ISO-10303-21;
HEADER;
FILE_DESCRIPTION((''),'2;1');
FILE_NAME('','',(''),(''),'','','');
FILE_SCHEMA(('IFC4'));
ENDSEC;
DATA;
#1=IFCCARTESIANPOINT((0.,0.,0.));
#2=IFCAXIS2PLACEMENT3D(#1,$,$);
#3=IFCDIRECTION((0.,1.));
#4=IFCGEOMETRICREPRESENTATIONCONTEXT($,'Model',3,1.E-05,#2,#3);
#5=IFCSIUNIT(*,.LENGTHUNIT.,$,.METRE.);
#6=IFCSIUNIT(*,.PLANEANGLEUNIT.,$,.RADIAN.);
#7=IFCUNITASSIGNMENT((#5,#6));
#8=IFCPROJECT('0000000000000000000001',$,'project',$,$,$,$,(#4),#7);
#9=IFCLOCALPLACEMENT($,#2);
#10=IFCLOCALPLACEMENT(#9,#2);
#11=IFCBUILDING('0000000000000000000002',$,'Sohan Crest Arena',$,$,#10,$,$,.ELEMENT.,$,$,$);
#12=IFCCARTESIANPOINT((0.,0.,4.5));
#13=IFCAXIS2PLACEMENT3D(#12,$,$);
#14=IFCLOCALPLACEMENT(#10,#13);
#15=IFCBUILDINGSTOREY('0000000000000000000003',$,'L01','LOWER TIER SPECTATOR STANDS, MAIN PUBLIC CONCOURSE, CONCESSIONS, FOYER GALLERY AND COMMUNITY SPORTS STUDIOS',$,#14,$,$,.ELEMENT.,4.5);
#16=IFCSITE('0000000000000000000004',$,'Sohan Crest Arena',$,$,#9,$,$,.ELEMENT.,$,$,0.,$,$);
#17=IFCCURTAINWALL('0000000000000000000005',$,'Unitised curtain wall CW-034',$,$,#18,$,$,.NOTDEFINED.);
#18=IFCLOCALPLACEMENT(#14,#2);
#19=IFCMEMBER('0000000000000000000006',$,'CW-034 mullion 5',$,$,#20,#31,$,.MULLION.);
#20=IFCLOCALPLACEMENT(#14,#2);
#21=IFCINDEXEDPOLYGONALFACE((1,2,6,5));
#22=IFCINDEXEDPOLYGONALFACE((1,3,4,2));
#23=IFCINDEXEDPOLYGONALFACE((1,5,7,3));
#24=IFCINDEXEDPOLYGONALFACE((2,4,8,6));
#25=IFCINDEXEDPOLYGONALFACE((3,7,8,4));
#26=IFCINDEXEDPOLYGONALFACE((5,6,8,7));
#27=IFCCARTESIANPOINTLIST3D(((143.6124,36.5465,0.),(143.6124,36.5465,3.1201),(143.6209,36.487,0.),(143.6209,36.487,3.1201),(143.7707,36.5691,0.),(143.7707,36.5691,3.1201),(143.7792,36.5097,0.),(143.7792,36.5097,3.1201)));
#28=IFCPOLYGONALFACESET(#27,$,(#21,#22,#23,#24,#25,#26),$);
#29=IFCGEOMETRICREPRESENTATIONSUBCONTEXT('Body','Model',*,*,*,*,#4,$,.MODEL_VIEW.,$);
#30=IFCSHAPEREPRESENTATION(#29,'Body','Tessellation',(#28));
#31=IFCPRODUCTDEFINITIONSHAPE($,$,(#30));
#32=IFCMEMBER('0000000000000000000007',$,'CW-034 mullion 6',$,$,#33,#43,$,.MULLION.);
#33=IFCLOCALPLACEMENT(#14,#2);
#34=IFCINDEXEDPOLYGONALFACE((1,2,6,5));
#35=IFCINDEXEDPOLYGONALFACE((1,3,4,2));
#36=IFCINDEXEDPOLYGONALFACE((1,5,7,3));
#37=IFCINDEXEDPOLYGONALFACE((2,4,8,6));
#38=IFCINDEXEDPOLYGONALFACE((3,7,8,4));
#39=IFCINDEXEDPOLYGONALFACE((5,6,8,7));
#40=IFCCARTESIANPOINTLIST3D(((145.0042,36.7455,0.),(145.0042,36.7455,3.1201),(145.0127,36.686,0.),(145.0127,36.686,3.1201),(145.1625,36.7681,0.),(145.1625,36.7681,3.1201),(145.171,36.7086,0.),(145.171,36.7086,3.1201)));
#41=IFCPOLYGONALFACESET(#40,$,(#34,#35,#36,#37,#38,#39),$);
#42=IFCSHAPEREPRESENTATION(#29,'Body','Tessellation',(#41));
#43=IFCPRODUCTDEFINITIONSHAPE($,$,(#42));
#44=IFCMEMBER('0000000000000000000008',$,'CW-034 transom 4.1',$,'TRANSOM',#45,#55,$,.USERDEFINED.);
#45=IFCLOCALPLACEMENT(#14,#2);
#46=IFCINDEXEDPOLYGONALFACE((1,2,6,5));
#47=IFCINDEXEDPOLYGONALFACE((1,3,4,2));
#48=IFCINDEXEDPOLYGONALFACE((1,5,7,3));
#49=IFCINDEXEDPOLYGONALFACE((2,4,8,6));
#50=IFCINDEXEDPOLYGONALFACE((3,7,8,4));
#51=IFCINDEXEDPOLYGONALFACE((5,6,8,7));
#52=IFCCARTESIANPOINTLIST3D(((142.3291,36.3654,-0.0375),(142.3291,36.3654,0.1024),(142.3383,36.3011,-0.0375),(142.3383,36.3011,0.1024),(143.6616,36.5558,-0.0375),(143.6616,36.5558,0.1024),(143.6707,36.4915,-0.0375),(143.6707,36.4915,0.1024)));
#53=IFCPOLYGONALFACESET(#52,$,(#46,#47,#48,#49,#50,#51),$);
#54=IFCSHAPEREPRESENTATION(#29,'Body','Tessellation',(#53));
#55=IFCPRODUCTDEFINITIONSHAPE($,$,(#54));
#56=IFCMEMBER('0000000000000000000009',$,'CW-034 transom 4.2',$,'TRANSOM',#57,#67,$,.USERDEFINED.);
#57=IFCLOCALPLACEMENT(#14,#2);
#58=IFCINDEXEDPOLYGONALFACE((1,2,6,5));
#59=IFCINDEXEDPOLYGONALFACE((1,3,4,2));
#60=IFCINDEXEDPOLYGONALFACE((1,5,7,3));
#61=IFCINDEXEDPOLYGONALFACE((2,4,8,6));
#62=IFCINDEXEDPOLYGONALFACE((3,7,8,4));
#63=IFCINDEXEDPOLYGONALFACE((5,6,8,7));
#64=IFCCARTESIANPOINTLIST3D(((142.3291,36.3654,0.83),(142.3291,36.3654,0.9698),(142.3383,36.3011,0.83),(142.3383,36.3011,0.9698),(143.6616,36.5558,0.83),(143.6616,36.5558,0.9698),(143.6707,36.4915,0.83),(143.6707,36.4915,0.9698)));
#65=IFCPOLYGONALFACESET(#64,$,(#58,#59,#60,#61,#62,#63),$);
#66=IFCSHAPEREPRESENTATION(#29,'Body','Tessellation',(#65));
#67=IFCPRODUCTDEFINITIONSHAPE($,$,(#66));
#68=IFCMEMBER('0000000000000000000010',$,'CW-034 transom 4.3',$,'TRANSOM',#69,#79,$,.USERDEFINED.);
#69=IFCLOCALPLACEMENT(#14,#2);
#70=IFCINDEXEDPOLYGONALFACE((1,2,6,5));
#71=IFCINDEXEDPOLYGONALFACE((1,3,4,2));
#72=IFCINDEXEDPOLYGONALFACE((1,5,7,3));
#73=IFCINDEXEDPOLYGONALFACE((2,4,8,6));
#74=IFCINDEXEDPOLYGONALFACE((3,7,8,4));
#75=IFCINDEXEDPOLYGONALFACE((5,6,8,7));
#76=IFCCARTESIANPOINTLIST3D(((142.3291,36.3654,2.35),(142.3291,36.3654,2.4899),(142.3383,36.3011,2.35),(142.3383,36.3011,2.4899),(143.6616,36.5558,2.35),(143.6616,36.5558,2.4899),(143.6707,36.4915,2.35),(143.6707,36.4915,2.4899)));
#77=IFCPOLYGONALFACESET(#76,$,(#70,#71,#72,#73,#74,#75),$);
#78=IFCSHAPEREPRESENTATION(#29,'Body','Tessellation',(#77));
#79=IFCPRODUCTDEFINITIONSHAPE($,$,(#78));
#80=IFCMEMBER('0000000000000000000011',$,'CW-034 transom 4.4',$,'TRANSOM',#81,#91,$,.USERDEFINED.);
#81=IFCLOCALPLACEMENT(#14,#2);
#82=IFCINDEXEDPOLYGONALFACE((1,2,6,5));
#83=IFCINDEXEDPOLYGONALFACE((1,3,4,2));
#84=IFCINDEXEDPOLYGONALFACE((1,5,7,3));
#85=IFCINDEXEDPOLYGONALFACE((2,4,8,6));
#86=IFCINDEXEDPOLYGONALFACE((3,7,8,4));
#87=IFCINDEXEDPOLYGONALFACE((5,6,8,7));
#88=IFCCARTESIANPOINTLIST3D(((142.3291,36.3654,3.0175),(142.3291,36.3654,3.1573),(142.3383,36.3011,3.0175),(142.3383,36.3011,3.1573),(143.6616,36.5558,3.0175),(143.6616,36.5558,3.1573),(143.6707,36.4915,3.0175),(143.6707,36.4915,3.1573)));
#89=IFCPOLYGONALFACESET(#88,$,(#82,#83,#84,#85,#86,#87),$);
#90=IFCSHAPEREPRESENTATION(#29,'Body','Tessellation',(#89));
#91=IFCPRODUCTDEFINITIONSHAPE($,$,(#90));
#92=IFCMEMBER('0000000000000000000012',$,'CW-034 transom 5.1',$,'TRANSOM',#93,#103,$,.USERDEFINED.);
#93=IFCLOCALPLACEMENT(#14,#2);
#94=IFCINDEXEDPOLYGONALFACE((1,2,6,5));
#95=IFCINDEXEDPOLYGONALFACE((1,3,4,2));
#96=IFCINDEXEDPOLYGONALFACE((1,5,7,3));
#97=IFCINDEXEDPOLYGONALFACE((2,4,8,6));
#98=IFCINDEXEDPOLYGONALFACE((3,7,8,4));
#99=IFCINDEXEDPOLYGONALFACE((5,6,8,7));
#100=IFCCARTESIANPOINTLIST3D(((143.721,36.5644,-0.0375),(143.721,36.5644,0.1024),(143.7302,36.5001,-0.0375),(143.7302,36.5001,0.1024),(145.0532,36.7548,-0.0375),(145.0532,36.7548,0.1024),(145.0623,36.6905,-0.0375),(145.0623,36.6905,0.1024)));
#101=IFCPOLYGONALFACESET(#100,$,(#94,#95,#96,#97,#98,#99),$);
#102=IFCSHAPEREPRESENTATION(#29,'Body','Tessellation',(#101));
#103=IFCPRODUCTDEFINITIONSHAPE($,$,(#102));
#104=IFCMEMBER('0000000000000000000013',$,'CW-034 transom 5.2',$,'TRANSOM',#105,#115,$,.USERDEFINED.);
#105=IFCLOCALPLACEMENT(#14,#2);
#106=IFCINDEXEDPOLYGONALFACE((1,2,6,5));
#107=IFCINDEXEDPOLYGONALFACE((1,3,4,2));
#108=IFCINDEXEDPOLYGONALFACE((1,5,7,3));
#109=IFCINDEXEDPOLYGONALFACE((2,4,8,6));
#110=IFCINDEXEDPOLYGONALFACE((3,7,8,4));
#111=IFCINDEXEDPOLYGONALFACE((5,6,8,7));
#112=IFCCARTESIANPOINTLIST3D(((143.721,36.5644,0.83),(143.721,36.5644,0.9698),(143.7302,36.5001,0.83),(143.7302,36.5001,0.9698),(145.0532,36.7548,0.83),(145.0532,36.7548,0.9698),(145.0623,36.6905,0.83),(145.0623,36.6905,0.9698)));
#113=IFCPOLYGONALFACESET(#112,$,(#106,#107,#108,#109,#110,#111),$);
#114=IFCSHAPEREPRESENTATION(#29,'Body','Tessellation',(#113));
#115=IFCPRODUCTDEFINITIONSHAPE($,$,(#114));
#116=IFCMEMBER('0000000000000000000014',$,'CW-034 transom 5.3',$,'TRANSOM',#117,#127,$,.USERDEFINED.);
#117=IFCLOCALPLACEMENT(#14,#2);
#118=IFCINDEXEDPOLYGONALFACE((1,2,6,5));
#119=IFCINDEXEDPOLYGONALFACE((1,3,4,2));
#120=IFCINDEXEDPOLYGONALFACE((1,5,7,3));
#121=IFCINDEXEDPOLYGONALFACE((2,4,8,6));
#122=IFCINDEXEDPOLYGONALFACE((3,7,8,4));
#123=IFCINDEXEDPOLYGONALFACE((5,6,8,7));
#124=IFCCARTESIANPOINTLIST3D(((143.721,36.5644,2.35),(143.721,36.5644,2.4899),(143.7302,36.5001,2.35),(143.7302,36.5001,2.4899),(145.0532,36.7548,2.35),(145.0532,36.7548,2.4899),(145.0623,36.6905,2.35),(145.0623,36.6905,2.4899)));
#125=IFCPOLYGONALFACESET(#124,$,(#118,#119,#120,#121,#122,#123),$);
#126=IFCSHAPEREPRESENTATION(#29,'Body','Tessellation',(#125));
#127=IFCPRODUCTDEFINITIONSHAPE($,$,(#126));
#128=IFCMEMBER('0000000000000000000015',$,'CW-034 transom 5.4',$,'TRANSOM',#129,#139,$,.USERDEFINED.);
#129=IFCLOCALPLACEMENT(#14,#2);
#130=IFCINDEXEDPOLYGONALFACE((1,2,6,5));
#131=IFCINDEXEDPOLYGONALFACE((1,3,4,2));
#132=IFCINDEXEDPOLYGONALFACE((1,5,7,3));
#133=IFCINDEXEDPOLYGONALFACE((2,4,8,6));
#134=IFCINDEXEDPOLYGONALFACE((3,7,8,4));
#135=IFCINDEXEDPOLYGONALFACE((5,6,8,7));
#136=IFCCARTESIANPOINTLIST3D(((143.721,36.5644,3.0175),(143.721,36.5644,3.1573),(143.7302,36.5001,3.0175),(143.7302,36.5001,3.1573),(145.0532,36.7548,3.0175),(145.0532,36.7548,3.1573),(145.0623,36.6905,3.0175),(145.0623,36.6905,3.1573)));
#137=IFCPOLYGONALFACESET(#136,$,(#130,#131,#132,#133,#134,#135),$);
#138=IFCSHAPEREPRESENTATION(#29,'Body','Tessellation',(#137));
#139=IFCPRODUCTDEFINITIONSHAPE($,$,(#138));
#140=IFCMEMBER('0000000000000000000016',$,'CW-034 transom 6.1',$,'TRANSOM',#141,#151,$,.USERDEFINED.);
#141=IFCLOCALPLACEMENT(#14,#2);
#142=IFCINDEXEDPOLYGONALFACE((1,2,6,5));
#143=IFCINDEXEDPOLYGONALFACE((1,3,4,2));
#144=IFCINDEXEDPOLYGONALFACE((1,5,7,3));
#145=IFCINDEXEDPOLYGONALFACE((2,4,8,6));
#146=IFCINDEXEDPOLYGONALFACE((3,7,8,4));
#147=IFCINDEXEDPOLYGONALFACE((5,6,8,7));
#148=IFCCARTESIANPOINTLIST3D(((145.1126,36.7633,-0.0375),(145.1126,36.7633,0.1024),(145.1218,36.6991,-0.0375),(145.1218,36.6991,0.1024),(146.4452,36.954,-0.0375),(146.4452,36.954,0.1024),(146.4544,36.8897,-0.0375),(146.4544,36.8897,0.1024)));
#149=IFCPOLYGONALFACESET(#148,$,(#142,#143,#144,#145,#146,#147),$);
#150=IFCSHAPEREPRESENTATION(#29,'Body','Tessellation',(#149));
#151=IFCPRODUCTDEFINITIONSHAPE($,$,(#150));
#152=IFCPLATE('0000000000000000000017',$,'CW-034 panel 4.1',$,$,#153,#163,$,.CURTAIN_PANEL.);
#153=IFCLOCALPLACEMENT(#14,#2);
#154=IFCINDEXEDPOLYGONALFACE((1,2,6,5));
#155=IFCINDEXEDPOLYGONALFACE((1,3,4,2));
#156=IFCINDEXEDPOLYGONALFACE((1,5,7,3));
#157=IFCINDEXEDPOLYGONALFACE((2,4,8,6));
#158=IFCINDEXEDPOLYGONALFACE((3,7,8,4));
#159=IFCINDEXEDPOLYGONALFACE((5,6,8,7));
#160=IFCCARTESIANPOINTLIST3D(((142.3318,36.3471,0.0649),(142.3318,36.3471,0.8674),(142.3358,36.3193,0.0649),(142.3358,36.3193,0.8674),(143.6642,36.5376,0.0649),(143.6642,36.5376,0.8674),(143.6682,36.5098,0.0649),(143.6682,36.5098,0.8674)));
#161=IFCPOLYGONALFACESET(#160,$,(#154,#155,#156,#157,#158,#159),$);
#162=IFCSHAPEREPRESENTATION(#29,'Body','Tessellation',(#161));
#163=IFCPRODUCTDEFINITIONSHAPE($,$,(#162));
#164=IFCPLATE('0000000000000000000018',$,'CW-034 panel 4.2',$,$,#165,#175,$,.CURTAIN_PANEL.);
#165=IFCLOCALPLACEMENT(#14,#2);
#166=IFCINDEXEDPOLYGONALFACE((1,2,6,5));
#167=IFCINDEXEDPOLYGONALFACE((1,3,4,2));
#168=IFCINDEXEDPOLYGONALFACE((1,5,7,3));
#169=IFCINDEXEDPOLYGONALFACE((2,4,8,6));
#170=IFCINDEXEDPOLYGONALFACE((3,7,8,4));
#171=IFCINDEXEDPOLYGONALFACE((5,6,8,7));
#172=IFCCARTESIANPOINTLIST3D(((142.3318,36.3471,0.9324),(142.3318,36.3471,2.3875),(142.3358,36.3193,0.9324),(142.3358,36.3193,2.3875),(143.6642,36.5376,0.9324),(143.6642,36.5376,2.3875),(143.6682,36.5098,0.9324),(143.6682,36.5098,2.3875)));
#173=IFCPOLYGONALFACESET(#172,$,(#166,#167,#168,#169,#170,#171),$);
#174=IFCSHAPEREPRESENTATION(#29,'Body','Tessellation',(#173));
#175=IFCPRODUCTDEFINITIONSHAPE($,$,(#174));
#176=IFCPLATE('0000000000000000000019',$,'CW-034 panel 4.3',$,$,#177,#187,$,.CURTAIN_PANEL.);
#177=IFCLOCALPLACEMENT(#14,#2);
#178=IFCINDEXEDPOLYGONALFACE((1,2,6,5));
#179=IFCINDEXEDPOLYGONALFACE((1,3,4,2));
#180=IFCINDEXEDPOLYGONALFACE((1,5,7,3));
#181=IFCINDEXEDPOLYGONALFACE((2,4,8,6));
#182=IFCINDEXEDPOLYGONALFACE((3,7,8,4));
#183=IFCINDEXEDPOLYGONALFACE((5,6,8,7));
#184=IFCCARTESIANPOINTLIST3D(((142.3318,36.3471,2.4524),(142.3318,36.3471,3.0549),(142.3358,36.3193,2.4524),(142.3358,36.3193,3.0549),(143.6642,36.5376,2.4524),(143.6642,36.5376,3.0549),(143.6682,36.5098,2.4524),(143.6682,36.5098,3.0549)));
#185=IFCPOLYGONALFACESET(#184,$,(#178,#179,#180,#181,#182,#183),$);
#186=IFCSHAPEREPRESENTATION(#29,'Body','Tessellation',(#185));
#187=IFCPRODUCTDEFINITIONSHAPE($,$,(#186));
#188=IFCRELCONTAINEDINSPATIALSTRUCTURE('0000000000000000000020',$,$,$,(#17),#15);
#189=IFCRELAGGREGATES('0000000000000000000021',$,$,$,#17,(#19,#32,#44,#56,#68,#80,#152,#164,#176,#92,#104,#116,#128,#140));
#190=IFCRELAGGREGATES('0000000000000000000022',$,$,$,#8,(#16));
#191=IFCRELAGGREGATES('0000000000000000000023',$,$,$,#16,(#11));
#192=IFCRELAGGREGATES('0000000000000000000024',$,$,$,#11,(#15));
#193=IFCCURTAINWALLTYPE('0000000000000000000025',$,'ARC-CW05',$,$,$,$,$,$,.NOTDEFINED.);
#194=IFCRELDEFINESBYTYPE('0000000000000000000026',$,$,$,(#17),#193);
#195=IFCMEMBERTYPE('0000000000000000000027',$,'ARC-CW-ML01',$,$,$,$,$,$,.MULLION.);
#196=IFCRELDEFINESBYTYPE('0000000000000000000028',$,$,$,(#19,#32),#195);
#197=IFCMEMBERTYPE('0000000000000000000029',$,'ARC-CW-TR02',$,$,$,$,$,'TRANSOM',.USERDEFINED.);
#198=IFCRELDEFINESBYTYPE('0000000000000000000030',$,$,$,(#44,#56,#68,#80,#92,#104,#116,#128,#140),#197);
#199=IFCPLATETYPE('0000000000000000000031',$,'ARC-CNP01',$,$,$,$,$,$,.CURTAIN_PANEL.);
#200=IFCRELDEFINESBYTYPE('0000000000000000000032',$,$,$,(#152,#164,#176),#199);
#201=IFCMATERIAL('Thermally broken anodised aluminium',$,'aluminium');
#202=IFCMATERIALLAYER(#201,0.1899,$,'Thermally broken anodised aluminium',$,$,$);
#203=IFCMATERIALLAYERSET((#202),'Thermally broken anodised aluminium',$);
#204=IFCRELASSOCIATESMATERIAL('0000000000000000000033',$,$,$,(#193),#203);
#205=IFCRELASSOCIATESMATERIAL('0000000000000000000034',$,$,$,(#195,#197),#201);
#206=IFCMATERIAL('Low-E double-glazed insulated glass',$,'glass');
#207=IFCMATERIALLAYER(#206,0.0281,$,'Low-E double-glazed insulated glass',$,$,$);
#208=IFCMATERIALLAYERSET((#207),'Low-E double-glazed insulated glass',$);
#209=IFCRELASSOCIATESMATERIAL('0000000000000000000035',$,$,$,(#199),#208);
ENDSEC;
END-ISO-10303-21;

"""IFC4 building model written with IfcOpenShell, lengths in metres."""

from ifc_helpers import new_model, si_unit, direction, frame, origin, origin_2d, place, context, subcontext, project, spatial, rectangle, extrude, material, layer, layer_set, material_profile, profile_set, type_object, element, aggregate, save


model = new_model("IFC4")

# Units and contexts
model_context = context("Model", 3, precision=1e-05, world=origin(), true_north=direction((0.0, 1.0)))
body_context = subcontext(model_context, "Body", "Model", "MODEL_VIEW")
ifc_project = project(units=[si_unit("LENGTHUNIT", "METRE"), si_unit("PLANEANGLEUNIT", "RADIAN")], contexts=[model_context])

# Site, building, storey
site_placement = place(None, origin())
site = spatial("IfcSite", under=ifc_project, at=site_placement, Name="Sohan Crest Arena", CompositionType="ELEMENT", RefElevation=0.0)
building_placement = place(site_placement, origin())
building = spatial("IfcBuilding", under=site, at=building_placement, Name="Sohan Crest Arena", CompositionType="ELEMENT")
storey_placement = place(building_placement, frame((0.0, 0.0, 4.5)))
storey = spatial("IfcBuildingStorey", under=building, at=storey_placement, Name="L01", Description="LOWER TIER SPECTATOR STANDS, MAIN PUBLIC CONCOURSE, CONCESSIONS, FOYER GALLERY AND COMMUNITY SPORTS STUDIOS", CompositionType="ELEMENT", Elevation=4.5)

# Curtain wall, members, plates
ifc_material_1 = material(Name="Thermally broken anodised aluminium", Category="aluminium")
ifc_layer_1 = layer(ifc_material_1, 0.1899, Name="Thermally broken anodised aluminium")
ifc_layer_set_1 = layer_set([ifc_layer_1], Name="Thermally broken anodised aluminium")
curtain_wall_type = type_object("IfcCurtainWallType", Name="ARC-CW05", PredefinedType="NOTDEFINED", material=ifc_layer_set_1)
curtain_wall_placement = place(storey_placement, origin())
curtain_wall = element("IfcCurtainWall", 1, at=curtain_wall_placement, inside=storey, type_object=curtain_wall_type, Name="Unitised curtain wall CW-034", PredefinedType="NOTDEFINED")
ifc_material_profile_1 = material_profile(ifc_material_1, rectangle(XDim=0.0601, YDim=0.1599, at=origin_2d()), Name="ALU-MULL 60x160")
ifc_profile_set_1 = profile_set([ifc_material_profile_1], Name="Thermally broken anodised aluminium")
member_type_1 = type_object("IfcMemberType", Name="ARC-CW-ML01", PredefinedType="MULLION", material=ifc_profile_set_1)
member_1_placement = place(storey_placement, frame((143.6958, 36.5281, 0.0), z_axis=(0.0, 0.0, 1.0), x_axis=(-0.141549, 0.989931, 0.0)))
member_1 = element("IfcMember", 2, at=member_1_placement, type_object=member_type_1, Name="CW-034 mullion 5", PredefinedType="MULLION", context=body_context, shape_type="SweptSolid", body=[
    extrude(rectangle(XDim=0.0601, YDim=0.1599, at=origin_2d()), origin(), (0.0, 0.0, 1.0), 3.1201),
])
member_2_placement = place(storey_placement, frame((145.0876, 36.7271, 0.0), z_axis=(0.0, 0.0, 1.0), x_axis=(-0.141549, 0.989931, 0.0)))
member_2 = element("IfcMember", 3, at=member_2_placement, type_object=member_type_1, Name="CW-034 mullion 6", PredefinedType="MULLION", context=body_context, shape_type="SweptSolid", body=[
    extrude(rectangle(XDim=0.0601, YDim=0.1599, at=origin_2d()), origin(), (0.0, 0.0, 1.0), 3.1201),
])
ifc_material_profile_2 = material_profile(ifc_material_1, rectangle(XDim=0.0649, YDim=0.1399, at=origin_2d()), Name="ALU-TRAN 65x140")
ifc_profile_set_2 = profile_set([ifc_material_profile_2], Name="Thermally broken anodised aluminium")
member_type_2 = type_object("IfcMemberType", Name="ARC-CW-TR02", ElementType="TRANSOM", PredefinedType="USERDEFINED", material=ifc_profile_set_2)
member_3_placement = place(storey_placement, frame((142.3337, 36.3333, 0.0325), z_axis=(0.989942, 0.141472, 0.0), x_axis=(-0.141472, 0.989942, 0.0)))
member_3 = element("IfcMember", 4, at=member_3_placement, type_object=member_type_2, Name="CW-034 transom 4.1", ObjectType="TRANSOM", PredefinedType="USERDEFINED", context=body_context, shape_type="SweptSolid", body=[
    extrude(rectangle(XDim=0.0649, YDim=0.1399, at=origin_2d()), origin(), (0.0, 0.0, 1.0), 1.3459),
])
member_4_placement = place(storey_placement, frame((142.3337, 36.3333, 0.8999), z_axis=(0.989942, 0.141472, 0.0), x_axis=(-0.141472, 0.989942, 0.0)))
member_4 = element("IfcMember", 5, at=member_4_placement, type_object=member_type_2, Name="CW-034 transom 4.2", ObjectType="TRANSOM", PredefinedType="USERDEFINED", context=body_context, shape_type="SweptSolid", body=[
    extrude(rectangle(XDim=0.0649, YDim=0.1399, at=origin_2d()), origin(), (0.0, 0.0, 1.0), 1.3459),
])
member_5_placement = place(storey_placement, frame((142.3337, 36.3333, 2.4199), z_axis=(0.989942, 0.141472, 0.0), x_axis=(-0.141472, 0.989942, 0.0)))
member_5 = element("IfcMember", 6, at=member_5_placement, type_object=member_type_2, Name="CW-034 transom 4.3", ObjectType="TRANSOM", PredefinedType="USERDEFINED", context=body_context, shape_type="SweptSolid", body=[
    extrude(rectangle(XDim=0.0649, YDim=0.1399, at=origin_2d()), origin(), (0.0, 0.0, 1.0), 1.3459),
])
member_6_placement = place(storey_placement, frame((142.3337, 36.3333, 3.0874), z_axis=(0.989942, 0.141472, 0.0), x_axis=(-0.141472, 0.989942, 0.0)))
member_6 = element("IfcMember", 7, at=member_6_placement, type_object=member_type_2, Name="CW-034 transom 4.4", ObjectType="TRANSOM", PredefinedType="USERDEFINED", context=body_context, shape_type="SweptSolid", body=[
    extrude(rectangle(XDim=0.0649, YDim=0.1399, at=origin_2d()), origin(), (0.0, 0.0, 1.0), 1.3459),
])
member_7_placement = place(storey_placement, frame((143.7256, 36.5322, 0.0325), z_axis=(0.989939, 0.141498, 0.0), x_axis=(-0.141498, 0.989939, 0.0)))
member_7 = element("IfcMember", 8, at=member_7_placement, type_object=member_type_2, Name="CW-034 transom 5.1", ObjectType="TRANSOM", PredefinedType="USERDEFINED", context=body_context, shape_type="SweptSolid", body=[
    extrude(rectangle(XDim=0.0649, YDim=0.1399, at=origin_2d()), origin(), (0.0, 0.0, 1.0), 1.3457),
])
member_8_placement = place(storey_placement, frame((143.7256, 36.5322, 0.8999), z_axis=(0.989939, 0.141498, 0.0), x_axis=(-0.141498, 0.989939, 0.0)))
member_8 = element("IfcMember", 9, at=member_8_placement, type_object=member_type_2, Name="CW-034 transom 5.2", ObjectType="TRANSOM", PredefinedType="USERDEFINED", context=body_context, shape_type="SweptSolid", body=[
    extrude(rectangle(XDim=0.0649, YDim=0.1399, at=origin_2d()), origin(), (0.0, 0.0, 1.0), 1.3457),
])
member_9_placement = place(storey_placement, frame((143.7256, 36.5322, 2.4199), z_axis=(0.989939, 0.141498, 0.0), x_axis=(-0.141498, 0.989939, 0.0)))
member_9 = element("IfcMember", 10, at=member_9_placement, type_object=member_type_2, Name="CW-034 transom 5.3", ObjectType="TRANSOM", PredefinedType="USERDEFINED", context=body_context, shape_type="SweptSolid", body=[
    extrude(rectangle(XDim=0.0649, YDim=0.1399, at=origin_2d()), origin(), (0.0, 0.0, 1.0), 1.3457),
])
member_10_placement = place(storey_placement, frame((143.7256, 36.5322, 3.0874), z_axis=(0.989939, 0.141498, 0.0), x_axis=(-0.141498, 0.989939, 0.0)))
member_10 = element("IfcMember", 11, at=member_10_placement, type_object=member_type_2, Name="CW-034 transom 5.4", ObjectType="TRANSOM", PredefinedType="USERDEFINED", context=body_context, shape_type="SweptSolid", body=[
    extrude(rectangle(XDim=0.0649, YDim=0.1399, at=origin_2d()), origin(), (0.0, 0.0, 1.0), 1.3457),
])
member_11_placement = place(storey_placement, frame((145.1172, 36.7312, 0.0325), z_axis=(0.989917, 0.14165, 0.0), x_axis=(-0.14165, 0.989917, 0.0)))
member_11 = element("IfcMember", 12, at=member_11_placement, type_object=member_type_2, Name="CW-034 transom 6.1", ObjectType="TRANSOM", PredefinedType="USERDEFINED", context=body_context, shape_type="SweptSolid", body=[
    extrude(rectangle(XDim=0.0649, YDim=0.1399, at=origin_2d()), origin(), (0.0, 0.0, 1.0), 1.3462),
])
ifc_material_2 = material(Name="Low-E double-glazed insulated glass", Category="glass")
ifc_layer_2 = layer(ifc_material_2, 0.0281, Name="Low-E double-glazed insulated glass")
ifc_layer_set_2 = layer_set([ifc_layer_2], Name="Low-E double-glazed insulated glass")
plate_type = type_object("IfcPlateType", Name="ARC-CNP01", PredefinedType="CURTAIN_PANEL", material=ifc_layer_set_2)
plate_1_placement = place(storey_placement, frame((143.0, 36.4285, 0.0649), z_axis=(0.0, 0.0, 1.0), x_axis=(0.989931, 0.141549, 0.0)))
plate_1 = element("IfcPlate", 13, at=plate_1_placement, type_object=plate_type, Name="CW-034 panel 4.1", PredefinedType="CURTAIN_PANEL", context=body_context, shape_type="SweptSolid", body=[
    extrude(rectangle(XDim=1.3459, YDim=0.0281, at=origin_2d()), origin(), (0.0, 0.0, 1.0), 0.8025),
])
plate_2_placement = place(storey_placement, frame((143.0, 36.4285, 0.9324), z_axis=(0.0, 0.0, 1.0), x_axis=(0.989931, 0.141549, 0.0)))
plate_2 = element("IfcPlate", 14, at=plate_2_placement, type_object=plate_type, Name="CW-034 panel 4.2", PredefinedType="CURTAIN_PANEL", context=body_context, shape_type="SweptSolid", body=[
    extrude(rectangle(XDim=1.3459, YDim=0.0281, at=origin_2d()), origin(), (0.0, 0.0, 1.0), 1.4551),
])
plate_3_placement = place(storey_placement, frame((143.0, 36.4285, 2.4524), z_axis=(0.0, 0.0, 1.0), x_axis=(0.989931, 0.141549, 0.0)))
plate_3 = element("IfcPlate", 15, at=plate_3_placement, type_object=plate_type, Name="CW-034 panel 4.3", PredefinedType="CURTAIN_PANEL", context=body_context, shape_type="SweptSolid", body=[
    extrude(rectangle(XDim=1.3459, YDim=0.0281, at=origin_2d()), origin(), (0.0, 0.0, 1.0), 0.6025),
])
aggregate(curtain_wall, [member_1, member_2, member_3, member_4, member_5, member_6, plate_1, plate_2, plate_3, member_7, member_8, member_9, member_10, member_11])

save(model, "model.ifc")
